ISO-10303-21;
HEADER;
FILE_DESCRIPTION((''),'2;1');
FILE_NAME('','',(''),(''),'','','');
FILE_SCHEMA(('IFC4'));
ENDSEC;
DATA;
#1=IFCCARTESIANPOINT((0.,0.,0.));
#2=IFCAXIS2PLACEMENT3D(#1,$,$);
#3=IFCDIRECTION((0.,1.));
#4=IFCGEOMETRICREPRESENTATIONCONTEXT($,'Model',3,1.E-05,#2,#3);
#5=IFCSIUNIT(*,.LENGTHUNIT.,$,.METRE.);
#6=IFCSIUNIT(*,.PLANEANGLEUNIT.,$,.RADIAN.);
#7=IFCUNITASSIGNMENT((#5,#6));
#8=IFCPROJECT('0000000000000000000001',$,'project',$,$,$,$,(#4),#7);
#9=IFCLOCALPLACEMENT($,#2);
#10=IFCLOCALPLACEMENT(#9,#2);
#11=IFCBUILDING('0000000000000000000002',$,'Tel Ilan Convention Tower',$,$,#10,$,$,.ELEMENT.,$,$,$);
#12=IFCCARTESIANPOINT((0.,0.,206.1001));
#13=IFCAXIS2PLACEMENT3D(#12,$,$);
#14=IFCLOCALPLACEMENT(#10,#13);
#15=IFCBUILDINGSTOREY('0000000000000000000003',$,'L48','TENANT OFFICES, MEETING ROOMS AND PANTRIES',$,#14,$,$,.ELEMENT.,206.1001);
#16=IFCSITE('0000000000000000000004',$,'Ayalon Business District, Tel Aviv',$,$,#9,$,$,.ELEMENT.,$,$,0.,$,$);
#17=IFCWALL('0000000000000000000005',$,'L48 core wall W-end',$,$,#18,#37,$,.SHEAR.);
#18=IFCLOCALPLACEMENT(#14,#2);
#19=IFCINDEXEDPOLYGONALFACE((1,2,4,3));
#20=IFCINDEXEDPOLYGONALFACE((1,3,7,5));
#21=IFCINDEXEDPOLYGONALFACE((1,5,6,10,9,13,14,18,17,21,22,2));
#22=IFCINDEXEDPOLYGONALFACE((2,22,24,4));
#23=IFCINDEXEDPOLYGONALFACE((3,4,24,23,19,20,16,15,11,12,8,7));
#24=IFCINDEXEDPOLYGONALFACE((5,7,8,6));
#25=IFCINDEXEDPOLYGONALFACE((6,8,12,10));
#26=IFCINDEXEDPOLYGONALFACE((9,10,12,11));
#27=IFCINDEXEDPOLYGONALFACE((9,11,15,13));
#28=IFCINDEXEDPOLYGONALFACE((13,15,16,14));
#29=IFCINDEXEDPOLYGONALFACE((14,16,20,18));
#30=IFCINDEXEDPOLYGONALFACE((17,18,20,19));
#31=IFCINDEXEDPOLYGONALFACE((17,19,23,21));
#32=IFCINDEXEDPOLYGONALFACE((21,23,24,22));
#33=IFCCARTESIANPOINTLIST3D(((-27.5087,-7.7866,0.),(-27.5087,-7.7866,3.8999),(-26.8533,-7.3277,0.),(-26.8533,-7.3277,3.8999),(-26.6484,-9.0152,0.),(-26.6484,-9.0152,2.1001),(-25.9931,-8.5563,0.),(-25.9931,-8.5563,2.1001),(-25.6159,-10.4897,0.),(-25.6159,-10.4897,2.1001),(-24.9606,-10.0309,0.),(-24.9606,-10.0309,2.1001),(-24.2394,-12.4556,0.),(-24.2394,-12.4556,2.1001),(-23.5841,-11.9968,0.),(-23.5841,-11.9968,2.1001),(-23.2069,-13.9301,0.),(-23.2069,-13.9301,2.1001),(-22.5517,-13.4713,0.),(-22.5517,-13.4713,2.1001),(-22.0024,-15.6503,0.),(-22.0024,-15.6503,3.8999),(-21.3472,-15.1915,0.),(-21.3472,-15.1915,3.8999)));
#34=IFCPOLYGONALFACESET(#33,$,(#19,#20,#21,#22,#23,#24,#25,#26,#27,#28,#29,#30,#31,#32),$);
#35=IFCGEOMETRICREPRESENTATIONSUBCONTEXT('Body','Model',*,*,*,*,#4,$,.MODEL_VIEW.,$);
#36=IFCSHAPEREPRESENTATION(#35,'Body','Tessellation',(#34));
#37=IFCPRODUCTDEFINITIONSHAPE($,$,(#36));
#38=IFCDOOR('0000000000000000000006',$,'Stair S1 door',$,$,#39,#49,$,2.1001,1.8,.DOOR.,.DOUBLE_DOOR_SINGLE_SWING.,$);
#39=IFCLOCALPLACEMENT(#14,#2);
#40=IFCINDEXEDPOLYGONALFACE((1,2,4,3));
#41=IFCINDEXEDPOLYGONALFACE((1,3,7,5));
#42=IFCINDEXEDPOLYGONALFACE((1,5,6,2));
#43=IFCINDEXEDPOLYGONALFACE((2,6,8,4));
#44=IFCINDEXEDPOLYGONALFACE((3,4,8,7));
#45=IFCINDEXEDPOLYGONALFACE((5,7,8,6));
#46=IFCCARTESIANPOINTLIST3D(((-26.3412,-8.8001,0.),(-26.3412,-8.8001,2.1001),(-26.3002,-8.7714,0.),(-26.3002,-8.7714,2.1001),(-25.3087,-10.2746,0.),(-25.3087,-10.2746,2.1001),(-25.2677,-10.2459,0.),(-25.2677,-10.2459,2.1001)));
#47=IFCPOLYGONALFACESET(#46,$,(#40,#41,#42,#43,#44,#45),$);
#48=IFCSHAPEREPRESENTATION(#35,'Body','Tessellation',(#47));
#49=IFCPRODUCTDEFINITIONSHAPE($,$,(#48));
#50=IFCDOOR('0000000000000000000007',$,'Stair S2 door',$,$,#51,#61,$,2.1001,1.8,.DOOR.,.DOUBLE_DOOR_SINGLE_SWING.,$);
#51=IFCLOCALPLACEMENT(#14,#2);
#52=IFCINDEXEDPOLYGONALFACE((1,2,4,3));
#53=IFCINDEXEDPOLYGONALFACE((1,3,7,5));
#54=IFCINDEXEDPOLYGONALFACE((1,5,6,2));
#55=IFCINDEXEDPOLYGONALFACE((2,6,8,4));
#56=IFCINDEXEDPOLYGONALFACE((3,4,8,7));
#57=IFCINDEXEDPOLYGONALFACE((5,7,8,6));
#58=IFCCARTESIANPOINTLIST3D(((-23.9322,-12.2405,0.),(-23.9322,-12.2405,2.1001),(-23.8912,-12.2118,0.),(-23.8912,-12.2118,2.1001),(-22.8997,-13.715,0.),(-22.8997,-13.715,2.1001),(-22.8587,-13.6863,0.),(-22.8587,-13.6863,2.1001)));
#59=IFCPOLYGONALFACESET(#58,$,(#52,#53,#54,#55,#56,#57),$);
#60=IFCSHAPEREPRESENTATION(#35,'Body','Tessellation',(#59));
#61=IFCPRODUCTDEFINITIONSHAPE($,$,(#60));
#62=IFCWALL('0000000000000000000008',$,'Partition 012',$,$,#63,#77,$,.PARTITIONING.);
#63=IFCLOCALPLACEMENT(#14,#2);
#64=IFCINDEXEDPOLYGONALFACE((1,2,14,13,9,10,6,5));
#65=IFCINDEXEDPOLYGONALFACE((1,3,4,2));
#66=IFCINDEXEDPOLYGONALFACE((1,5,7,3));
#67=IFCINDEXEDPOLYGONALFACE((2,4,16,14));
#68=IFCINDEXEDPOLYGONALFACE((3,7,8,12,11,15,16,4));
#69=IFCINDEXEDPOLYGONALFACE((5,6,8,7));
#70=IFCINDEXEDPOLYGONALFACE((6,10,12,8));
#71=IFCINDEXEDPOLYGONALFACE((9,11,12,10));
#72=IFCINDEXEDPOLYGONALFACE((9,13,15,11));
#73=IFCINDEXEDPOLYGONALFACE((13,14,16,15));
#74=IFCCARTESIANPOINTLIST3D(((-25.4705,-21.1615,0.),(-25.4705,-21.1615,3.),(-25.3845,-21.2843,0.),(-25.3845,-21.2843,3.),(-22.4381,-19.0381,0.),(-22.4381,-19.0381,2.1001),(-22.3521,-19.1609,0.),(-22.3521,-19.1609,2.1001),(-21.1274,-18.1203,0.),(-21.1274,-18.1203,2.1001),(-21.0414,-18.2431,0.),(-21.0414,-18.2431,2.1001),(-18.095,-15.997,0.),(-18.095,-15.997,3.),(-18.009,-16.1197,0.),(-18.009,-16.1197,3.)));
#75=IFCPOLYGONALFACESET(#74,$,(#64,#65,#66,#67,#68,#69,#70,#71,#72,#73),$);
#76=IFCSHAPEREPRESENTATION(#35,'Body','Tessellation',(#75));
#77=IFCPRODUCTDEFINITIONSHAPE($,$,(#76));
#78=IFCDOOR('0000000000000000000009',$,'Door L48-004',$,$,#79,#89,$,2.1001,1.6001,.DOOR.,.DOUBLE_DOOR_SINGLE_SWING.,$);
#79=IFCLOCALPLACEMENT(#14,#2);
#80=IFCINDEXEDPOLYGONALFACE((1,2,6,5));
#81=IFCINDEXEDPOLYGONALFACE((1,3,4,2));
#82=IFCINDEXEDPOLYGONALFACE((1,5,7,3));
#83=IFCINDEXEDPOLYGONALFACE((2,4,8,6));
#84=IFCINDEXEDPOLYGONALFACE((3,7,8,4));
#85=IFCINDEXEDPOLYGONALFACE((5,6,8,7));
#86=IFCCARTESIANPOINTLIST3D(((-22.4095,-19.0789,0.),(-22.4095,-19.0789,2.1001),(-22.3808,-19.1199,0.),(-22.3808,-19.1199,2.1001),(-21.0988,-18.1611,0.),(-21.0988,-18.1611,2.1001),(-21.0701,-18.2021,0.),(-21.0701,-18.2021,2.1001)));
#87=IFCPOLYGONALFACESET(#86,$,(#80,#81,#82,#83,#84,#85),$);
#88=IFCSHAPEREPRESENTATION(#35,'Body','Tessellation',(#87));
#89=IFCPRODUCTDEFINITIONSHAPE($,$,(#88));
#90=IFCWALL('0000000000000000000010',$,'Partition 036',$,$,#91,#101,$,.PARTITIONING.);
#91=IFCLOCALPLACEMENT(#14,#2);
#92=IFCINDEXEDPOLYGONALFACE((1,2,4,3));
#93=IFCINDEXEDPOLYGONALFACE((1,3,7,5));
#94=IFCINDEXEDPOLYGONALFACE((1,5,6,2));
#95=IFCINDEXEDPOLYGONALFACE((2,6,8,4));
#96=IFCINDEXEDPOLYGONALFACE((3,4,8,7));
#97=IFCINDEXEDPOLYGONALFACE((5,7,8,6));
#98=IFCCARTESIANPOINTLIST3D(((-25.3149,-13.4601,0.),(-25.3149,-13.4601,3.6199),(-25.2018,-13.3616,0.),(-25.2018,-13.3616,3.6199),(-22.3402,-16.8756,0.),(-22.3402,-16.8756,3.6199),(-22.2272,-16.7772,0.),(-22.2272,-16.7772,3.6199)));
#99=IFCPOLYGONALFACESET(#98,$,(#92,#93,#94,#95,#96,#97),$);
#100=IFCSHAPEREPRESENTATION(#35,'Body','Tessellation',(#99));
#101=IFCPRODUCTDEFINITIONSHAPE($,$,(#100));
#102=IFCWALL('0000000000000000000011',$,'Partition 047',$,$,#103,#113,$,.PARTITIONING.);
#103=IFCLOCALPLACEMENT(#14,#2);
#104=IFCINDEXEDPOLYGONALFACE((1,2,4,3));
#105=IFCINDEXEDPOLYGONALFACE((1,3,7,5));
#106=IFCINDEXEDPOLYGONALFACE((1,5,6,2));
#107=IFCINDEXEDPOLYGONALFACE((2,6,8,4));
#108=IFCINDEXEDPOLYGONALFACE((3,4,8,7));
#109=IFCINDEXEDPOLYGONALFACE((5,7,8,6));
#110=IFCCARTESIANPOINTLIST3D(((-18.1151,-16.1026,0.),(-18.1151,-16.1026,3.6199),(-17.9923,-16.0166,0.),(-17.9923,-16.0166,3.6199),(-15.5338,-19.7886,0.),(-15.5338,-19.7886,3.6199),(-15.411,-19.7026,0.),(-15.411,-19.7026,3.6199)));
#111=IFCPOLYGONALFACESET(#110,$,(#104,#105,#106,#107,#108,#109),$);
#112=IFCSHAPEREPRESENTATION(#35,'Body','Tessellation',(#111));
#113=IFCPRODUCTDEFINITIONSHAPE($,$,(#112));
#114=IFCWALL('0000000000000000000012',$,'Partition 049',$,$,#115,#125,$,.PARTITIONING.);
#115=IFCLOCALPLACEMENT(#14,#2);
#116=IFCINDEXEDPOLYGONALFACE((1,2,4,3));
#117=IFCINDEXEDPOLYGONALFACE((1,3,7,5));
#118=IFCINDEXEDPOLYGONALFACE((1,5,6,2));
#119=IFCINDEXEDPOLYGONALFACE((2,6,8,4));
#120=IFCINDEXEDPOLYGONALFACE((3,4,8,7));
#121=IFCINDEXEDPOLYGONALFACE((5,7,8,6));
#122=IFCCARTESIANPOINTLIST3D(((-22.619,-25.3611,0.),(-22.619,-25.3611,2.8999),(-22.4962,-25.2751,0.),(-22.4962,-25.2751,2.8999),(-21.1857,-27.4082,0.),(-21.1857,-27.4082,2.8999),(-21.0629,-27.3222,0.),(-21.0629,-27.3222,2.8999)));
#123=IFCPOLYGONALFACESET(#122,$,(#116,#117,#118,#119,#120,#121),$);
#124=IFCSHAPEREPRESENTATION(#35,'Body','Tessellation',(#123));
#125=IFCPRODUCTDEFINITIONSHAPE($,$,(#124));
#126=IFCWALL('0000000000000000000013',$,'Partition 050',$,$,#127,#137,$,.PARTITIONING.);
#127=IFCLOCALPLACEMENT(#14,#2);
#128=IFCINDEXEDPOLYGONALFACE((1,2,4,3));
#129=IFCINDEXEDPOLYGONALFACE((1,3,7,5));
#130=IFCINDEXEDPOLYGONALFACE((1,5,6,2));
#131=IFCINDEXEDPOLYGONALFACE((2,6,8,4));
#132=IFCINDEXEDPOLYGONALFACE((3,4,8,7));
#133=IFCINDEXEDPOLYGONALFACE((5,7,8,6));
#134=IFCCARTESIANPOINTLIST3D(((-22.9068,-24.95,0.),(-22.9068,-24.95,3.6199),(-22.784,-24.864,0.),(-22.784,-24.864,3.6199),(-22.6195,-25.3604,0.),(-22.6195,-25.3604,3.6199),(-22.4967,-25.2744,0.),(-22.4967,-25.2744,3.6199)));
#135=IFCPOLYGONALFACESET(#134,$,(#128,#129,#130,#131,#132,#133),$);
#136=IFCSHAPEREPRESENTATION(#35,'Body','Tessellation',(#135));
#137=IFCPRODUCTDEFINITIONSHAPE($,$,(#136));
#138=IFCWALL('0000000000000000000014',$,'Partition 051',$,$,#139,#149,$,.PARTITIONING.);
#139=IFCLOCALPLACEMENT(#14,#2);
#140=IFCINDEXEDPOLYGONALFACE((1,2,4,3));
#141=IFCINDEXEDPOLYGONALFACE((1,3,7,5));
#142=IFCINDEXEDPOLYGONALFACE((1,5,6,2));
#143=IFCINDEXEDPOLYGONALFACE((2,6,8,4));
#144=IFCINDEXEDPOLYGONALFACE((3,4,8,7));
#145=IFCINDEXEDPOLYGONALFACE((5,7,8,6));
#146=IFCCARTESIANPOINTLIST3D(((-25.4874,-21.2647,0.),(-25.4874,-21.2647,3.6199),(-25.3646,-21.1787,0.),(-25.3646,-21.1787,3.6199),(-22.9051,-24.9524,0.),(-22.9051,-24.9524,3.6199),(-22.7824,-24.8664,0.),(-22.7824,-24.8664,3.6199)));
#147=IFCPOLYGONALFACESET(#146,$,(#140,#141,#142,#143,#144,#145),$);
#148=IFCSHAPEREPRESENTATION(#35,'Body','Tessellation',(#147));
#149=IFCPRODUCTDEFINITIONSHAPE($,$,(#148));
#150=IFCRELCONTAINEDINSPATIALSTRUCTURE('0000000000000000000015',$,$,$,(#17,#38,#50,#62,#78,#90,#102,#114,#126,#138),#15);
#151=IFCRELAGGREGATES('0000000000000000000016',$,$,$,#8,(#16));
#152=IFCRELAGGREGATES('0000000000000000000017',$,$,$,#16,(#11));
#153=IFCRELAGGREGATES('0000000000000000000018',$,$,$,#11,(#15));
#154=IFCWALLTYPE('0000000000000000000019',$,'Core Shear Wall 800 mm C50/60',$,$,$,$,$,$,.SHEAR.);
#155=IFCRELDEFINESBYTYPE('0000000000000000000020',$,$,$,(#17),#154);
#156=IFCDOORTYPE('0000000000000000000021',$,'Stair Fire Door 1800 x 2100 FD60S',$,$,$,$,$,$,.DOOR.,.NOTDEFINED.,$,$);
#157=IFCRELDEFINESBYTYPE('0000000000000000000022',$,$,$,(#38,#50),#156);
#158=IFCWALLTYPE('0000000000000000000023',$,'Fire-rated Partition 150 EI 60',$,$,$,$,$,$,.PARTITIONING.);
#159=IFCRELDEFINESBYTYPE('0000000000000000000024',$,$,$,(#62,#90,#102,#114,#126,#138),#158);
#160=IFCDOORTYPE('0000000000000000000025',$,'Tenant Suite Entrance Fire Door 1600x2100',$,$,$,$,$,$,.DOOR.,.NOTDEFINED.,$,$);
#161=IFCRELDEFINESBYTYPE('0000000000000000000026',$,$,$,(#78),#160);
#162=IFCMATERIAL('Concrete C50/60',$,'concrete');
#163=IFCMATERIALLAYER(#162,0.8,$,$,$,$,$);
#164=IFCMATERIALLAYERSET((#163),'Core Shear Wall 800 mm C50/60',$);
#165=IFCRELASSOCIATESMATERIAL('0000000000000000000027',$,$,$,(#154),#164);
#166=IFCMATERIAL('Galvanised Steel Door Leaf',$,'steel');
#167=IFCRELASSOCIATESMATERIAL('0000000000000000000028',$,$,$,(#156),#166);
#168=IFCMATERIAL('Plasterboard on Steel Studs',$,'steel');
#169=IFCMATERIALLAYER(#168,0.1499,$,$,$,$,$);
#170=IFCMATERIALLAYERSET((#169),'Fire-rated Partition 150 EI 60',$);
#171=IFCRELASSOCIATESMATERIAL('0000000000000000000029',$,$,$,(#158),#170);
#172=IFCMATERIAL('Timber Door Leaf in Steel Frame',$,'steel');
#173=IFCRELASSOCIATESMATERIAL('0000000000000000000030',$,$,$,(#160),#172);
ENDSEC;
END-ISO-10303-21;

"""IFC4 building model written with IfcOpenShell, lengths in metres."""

from ifc_helpers import new_model, si_unit, direction, frame, frame_2d, origin, place, context, subcontext, project, spatial, polyline, rectangle, outline, extrude, material, layer, layer_set, type_object, element, fill, save


model = new_model("IFC4")

# Units and contexts
model_context = context("Model", 3, precision=1e-05, world=origin(), true_north=direction((0.0, 1.0)))
body_context = subcontext(model_context, "Body", "Model", "MODEL_VIEW")
ifc_project = project(units=[si_unit("LENGTHUNIT", "METRE"), si_unit("PLANEANGLEUNIT", "RADIAN")], contexts=[model_context])

# Site, building, storey
site_placement = place(None, origin())
site = spatial("IfcSite", under=ifc_project, at=site_placement, Name="Ayalon Business District, Tel Aviv", CompositionType="ELEMENT", RefElevation=0.0)
building_placement = place(site_placement, origin())
building = spatial("IfcBuilding", under=site, at=building_placement, Name="Tel Ilan Convention Tower", CompositionType="ELEMENT")
storey_placement = place(building_placement, frame((0.0, 0.0, 206.1001)))
storey = spatial("IfcBuildingStorey", under=building, at=storey_placement, Name="L48", Description="TENANT OFFICES, MEETING ROOMS AND PANTRIES", CompositionType="ELEMENT", Elevation=206.1001)

# Wall, openings, doors
ifc_material_1 = material(Name="Concrete C50/60", Category="concrete")
ifc_layer_1 = layer(ifc_material_1, 0.8)
ifc_layer_set_1 = layer_set([ifc_layer_1], Name="Core Shear Wall 800 mm C50/60")
wall_type_1 = type_object("IfcWallType", Name="Core Shear Wall 800 mm C50/60", PredefinedType="SHEAR", material=ifc_layer_set_1)
wall_1_placement = place(storey_placement, frame((-21.6748, -15.4209, 0.0), z_axis=(0.0, 0.0, 1.0), x_axis=(-0.573582, 0.819148, 0.0)))
wall_1 = element("IfcWall", 1, at=wall_1_placement, inside=storey, type_object=wall_type_1, Name="L48 core wall W-end", PredefinedType="SHEAR", context=body_context, shape_type="SweptSolid", body=[
    extrude(outline(polyline([(0.0, 0.3999), (0.0, -0.3999), (9.5999, -0.4001), (9.5999, 0.3999), (0.0, 0.3999)])), origin(), (0.0, 0.0, 1.0), 3.8999),
])
opening_1_placement = place(wall_1_placement, frame((6.3, 0.0, 0.0)))
opening_1 = element("IfcOpeningElement", 2, at=opening_1_placement, cuts=wall_1, PredefinedType="OPENING", context=body_context, shape_type="SweptSolid", body=[
    extrude(rectangle(XDim=1.8, YDim=2.1001, at=frame_2d((0.8999, 1.05))), frame((0.0, 0.4099, 0.0), z_axis=(0.0, -1.0, 0.0), x_axis=(1.0, 0.0, 0.0)), (0.0, 0.0, 1.0), 0.8201),
])
opening_2_placement = place(wall_1_placement, frame((2.1001, 0.0, 0.0)))
opening_2 = element("IfcOpeningElement", 3, at=opening_2_placement, cuts=wall_1, PredefinedType="OPENING", context=body_context, shape_type="SweptSolid", body=[
    extrude(rectangle(XDim=1.8, YDim=2.1001, at=frame_2d((0.8999, 1.05))), frame((0.0, 0.4099, 0.0), z_axis=(0.0, -1.0, 0.0), x_axis=(1.0, 0.0, 0.0)), (0.0, 0.0, 1.0), 0.8201),
])
ifc_material_2 = material(Name="Galvanised Steel Door Leaf", Category="steel")
door_type_1 = type_object("IfcDoorType", Name="Stair Fire Door 1800 x 2100 FD60S", OperationType="NOTDEFINED", PredefinedType="DOOR", material=ifc_material_2)
door_1_placement = place(opening_1_placement, origin())
door_1 = element("IfcDoor", 4, at=door_1_placement, inside=storey, type_object=door_type_1, Name="Stair S1 door", OperationType="DOUBLE_DOOR_SINGLE_SWING", OverallHeight=2.1001, OverallWidth=1.8, PredefinedType="DOOR", context=body_context, shape_type="SweptSolid", body=[
    extrude(rectangle(XDim=1.8, YDim=2.1001, at=frame_2d((0.8999, 1.05))), frame((0.0, 0.0249, 0.0), z_axis=(0.0, -1.0, 0.0), x_axis=(1.0, 0.0, 0.0)), (0.0, 0.0, 1.0), 0.05),
])
fill(opening_1, door_1)
door_2_placement = place(opening_2_placement, origin())
door_2 = element("IfcDoor", 5, at=door_2_placement, inside=storey, type_object=door_type_1, Name="Stair S2 door", OperationType="DOUBLE_DOOR_SINGLE_SWING", OverallHeight=2.1001, OverallWidth=1.8, PredefinedType="DOOR", context=body_context, shape_type="SweptSolid", body=[
    extrude(rectangle(XDim=1.8, YDim=2.1001, at=frame_2d((0.8999, 1.05))), frame((0.0, 0.0249, 0.0), z_axis=(0.0, -1.0, 0.0), x_axis=(1.0, 0.0, 0.0)), (0.0, 0.0, 1.0), 0.05),
])
fill(opening_2, door_2)

# Wall, opening, door
ifc_material_3 = material(Name="Plasterboard on Steel Studs", Category="steel")
ifc_layer_2 = layer(ifc_material_3, 0.1499)
ifc_layer_set_2 = layer_set([ifc_layer_2], Name="Fire-rated Partition 150 EI 60")
wall_type_2 = type_object("IfcWallType", Name="Fire-rated Partition 150 EI 60", PredefinedType="PARTITIONING", material=ifc_layer_set_2)
wall_2_placement = place(storey_placement, frame((-18.052, -16.0583, 0.0), z_axis=(0.0, 0.0, 1.0), x_axis=(-0.819143, -0.57359, 0.0)))
wall_2 = element("IfcWall", 6, at=wall_2_placement, inside=storey, type_object=wall_type_2, Name="Partition 012", PredefinedType="PARTITIONING", context=body_context, shape_type="SweptSolid", body=[
    extrude(rectangle(XDim=9.0039, YDim=0.1499, at=frame_2d((4.502, 0.0))), origin(), (0.0, 0.0, 1.0), 3.0),
])
opening_3_placement = place(wall_2_placement, frame((3.7019, 0.0, 0.0)))
opening_3 = element("IfcOpeningElement", 7, at=opening_3_placement, cuts=wall_2, PredefinedType="OPENING", context=body_context, shape_type="SweptSolid", body=[
    extrude(rectangle(XDim=1.6001, YDim=2.1001, at=frame_2d((0.8, 1.05))), frame((0.0, 0.085, 0.0), z_axis=(0.0, -1.0, 0.0), x_axis=(1.0, 0.0, 0.0)), (0.0, 0.0, 1.0), 0.1699),
])
ifc_material_4 = material(Name="Timber Door Leaf in Steel Frame", Category="steel")
door_type_2 = type_object("IfcDoorType", Name="Tenant Suite Entrance Fire Door 1600x2100", OperationType="NOTDEFINED", PredefinedType="DOOR", material=ifc_material_4)
door_3_placement = place(opening_3_placement, origin())
door_3 = element("IfcDoor", 8, at=door_3_placement, inside=storey, type_object=door_type_2, Name="Door L48-004", OperationType="DOUBLE_DOOR_SINGLE_SWING", OverallHeight=2.1001, OverallWidth=1.6001, PredefinedType="DOOR", context=body_context, shape_type="SweptSolid", body=[
    extrude(rectangle(XDim=1.6001, YDim=2.1001, at=frame_2d((0.8, 1.05))), frame((0.0, 0.0249, 0.0), z_axis=(0.0, -1.0, 0.0), x_axis=(1.0, 0.0, 0.0)), (0.0, 0.0, 1.0), 0.05),
])
fill(opening_3, door_3)

# Walls
wall_3_placement = place(storey_placement, frame((-22.2837, -16.8264, 0.0), z_axis=(0.0, 0.0, 1.0), x_axis=(-0.656755, 0.754104, 0.0)))
element("IfcWall", 9, at=wall_3_placement, inside=storey, type_object=wall_type_2, Name="Partition 036", PredefinedType="PARTITIONING", context=body_context, shape_type="SweptSolid", body=[
    extrude(rectangle(XDim=4.5293, YDim=0.1499, at=frame_2d((2.2646, 0.0))), origin(), (0.0, 0.0, 1.0), 3.6199),
])
wall_4_placement = place(storey_placement, frame((-15.4724, -19.7456, 0.0), z_axis=(0.0, 0.0, 1.0), x_axis=(-0.573623, 0.81912, 0.0)))
element("IfcWall", 10, at=wall_4_placement, inside=storey, type_object=wall_type_2, Name="Partition 047", PredefinedType="PARTITIONING", context=body_context, shape_type="SweptSolid", body=[
    extrude(rectangle(XDim=4.5, YDim=0.1499, at=frame_2d((2.25, 0.0))), origin(), (0.0, 0.0, 1.0), 3.6199),
])
wall_5_placement = place(storey_placement, frame((-21.1243, -27.3652, 0.0), z_axis=(0.0, 0.0, 1.0), x_axis=(-0.573561, 0.819163, 0.0)))
element("IfcWall", 11, at=wall_5_placement, inside=storey, type_object=wall_type_2, Name="Partition 049", PredefinedType="PARTITIONING", context=body_context, shape_type="SweptSolid", body=[
    extrude(rectangle(XDim=2.499, YDim=0.1499, at=frame_2d((1.2495, 0.0))), origin(), (0.0, 0.0, 1.0), 2.8999),
])
wall_6_placement = place(storey_placement, frame((-22.5581, -25.3174, 0.0), z_axis=(0.0, 0.0, 1.0), x_axis=(-0.57356, 0.819163, 0.0)))
element("IfcWall", 12, at=wall_6_placement, inside=storey, type_object=wall_type_2, Name="Partition 050", PredefinedType="PARTITIONING", context=body_context, shape_type="SweptSolid", body=[
    extrude(rectangle(XDim=0.501, YDim=0.1499, at=frame_2d((0.2505, 0.0))), origin(), (0.0, 0.0, 1.0), 3.6199),
])
wall_7_placement = place(storey_placement, frame((-22.8438, -24.9094, 0.0), z_axis=(0.0, 0.0, 1.0), x_axis=(-0.57359, 0.819143, 0.0)))
element("IfcWall", 13, at=wall_7_placement, inside=storey, type_object=wall_type_2, Name="Partition 051", PredefinedType="PARTITIONING", context=body_context, shape_type="SweptSolid", body=[
    extrude(rectangle(XDim=4.502, YDim=0.1499, at=frame_2d((2.251, 0.0))), origin(), (0.0, 0.0, 1.0), 3.6199),
])

save(model, "model.ifc")
